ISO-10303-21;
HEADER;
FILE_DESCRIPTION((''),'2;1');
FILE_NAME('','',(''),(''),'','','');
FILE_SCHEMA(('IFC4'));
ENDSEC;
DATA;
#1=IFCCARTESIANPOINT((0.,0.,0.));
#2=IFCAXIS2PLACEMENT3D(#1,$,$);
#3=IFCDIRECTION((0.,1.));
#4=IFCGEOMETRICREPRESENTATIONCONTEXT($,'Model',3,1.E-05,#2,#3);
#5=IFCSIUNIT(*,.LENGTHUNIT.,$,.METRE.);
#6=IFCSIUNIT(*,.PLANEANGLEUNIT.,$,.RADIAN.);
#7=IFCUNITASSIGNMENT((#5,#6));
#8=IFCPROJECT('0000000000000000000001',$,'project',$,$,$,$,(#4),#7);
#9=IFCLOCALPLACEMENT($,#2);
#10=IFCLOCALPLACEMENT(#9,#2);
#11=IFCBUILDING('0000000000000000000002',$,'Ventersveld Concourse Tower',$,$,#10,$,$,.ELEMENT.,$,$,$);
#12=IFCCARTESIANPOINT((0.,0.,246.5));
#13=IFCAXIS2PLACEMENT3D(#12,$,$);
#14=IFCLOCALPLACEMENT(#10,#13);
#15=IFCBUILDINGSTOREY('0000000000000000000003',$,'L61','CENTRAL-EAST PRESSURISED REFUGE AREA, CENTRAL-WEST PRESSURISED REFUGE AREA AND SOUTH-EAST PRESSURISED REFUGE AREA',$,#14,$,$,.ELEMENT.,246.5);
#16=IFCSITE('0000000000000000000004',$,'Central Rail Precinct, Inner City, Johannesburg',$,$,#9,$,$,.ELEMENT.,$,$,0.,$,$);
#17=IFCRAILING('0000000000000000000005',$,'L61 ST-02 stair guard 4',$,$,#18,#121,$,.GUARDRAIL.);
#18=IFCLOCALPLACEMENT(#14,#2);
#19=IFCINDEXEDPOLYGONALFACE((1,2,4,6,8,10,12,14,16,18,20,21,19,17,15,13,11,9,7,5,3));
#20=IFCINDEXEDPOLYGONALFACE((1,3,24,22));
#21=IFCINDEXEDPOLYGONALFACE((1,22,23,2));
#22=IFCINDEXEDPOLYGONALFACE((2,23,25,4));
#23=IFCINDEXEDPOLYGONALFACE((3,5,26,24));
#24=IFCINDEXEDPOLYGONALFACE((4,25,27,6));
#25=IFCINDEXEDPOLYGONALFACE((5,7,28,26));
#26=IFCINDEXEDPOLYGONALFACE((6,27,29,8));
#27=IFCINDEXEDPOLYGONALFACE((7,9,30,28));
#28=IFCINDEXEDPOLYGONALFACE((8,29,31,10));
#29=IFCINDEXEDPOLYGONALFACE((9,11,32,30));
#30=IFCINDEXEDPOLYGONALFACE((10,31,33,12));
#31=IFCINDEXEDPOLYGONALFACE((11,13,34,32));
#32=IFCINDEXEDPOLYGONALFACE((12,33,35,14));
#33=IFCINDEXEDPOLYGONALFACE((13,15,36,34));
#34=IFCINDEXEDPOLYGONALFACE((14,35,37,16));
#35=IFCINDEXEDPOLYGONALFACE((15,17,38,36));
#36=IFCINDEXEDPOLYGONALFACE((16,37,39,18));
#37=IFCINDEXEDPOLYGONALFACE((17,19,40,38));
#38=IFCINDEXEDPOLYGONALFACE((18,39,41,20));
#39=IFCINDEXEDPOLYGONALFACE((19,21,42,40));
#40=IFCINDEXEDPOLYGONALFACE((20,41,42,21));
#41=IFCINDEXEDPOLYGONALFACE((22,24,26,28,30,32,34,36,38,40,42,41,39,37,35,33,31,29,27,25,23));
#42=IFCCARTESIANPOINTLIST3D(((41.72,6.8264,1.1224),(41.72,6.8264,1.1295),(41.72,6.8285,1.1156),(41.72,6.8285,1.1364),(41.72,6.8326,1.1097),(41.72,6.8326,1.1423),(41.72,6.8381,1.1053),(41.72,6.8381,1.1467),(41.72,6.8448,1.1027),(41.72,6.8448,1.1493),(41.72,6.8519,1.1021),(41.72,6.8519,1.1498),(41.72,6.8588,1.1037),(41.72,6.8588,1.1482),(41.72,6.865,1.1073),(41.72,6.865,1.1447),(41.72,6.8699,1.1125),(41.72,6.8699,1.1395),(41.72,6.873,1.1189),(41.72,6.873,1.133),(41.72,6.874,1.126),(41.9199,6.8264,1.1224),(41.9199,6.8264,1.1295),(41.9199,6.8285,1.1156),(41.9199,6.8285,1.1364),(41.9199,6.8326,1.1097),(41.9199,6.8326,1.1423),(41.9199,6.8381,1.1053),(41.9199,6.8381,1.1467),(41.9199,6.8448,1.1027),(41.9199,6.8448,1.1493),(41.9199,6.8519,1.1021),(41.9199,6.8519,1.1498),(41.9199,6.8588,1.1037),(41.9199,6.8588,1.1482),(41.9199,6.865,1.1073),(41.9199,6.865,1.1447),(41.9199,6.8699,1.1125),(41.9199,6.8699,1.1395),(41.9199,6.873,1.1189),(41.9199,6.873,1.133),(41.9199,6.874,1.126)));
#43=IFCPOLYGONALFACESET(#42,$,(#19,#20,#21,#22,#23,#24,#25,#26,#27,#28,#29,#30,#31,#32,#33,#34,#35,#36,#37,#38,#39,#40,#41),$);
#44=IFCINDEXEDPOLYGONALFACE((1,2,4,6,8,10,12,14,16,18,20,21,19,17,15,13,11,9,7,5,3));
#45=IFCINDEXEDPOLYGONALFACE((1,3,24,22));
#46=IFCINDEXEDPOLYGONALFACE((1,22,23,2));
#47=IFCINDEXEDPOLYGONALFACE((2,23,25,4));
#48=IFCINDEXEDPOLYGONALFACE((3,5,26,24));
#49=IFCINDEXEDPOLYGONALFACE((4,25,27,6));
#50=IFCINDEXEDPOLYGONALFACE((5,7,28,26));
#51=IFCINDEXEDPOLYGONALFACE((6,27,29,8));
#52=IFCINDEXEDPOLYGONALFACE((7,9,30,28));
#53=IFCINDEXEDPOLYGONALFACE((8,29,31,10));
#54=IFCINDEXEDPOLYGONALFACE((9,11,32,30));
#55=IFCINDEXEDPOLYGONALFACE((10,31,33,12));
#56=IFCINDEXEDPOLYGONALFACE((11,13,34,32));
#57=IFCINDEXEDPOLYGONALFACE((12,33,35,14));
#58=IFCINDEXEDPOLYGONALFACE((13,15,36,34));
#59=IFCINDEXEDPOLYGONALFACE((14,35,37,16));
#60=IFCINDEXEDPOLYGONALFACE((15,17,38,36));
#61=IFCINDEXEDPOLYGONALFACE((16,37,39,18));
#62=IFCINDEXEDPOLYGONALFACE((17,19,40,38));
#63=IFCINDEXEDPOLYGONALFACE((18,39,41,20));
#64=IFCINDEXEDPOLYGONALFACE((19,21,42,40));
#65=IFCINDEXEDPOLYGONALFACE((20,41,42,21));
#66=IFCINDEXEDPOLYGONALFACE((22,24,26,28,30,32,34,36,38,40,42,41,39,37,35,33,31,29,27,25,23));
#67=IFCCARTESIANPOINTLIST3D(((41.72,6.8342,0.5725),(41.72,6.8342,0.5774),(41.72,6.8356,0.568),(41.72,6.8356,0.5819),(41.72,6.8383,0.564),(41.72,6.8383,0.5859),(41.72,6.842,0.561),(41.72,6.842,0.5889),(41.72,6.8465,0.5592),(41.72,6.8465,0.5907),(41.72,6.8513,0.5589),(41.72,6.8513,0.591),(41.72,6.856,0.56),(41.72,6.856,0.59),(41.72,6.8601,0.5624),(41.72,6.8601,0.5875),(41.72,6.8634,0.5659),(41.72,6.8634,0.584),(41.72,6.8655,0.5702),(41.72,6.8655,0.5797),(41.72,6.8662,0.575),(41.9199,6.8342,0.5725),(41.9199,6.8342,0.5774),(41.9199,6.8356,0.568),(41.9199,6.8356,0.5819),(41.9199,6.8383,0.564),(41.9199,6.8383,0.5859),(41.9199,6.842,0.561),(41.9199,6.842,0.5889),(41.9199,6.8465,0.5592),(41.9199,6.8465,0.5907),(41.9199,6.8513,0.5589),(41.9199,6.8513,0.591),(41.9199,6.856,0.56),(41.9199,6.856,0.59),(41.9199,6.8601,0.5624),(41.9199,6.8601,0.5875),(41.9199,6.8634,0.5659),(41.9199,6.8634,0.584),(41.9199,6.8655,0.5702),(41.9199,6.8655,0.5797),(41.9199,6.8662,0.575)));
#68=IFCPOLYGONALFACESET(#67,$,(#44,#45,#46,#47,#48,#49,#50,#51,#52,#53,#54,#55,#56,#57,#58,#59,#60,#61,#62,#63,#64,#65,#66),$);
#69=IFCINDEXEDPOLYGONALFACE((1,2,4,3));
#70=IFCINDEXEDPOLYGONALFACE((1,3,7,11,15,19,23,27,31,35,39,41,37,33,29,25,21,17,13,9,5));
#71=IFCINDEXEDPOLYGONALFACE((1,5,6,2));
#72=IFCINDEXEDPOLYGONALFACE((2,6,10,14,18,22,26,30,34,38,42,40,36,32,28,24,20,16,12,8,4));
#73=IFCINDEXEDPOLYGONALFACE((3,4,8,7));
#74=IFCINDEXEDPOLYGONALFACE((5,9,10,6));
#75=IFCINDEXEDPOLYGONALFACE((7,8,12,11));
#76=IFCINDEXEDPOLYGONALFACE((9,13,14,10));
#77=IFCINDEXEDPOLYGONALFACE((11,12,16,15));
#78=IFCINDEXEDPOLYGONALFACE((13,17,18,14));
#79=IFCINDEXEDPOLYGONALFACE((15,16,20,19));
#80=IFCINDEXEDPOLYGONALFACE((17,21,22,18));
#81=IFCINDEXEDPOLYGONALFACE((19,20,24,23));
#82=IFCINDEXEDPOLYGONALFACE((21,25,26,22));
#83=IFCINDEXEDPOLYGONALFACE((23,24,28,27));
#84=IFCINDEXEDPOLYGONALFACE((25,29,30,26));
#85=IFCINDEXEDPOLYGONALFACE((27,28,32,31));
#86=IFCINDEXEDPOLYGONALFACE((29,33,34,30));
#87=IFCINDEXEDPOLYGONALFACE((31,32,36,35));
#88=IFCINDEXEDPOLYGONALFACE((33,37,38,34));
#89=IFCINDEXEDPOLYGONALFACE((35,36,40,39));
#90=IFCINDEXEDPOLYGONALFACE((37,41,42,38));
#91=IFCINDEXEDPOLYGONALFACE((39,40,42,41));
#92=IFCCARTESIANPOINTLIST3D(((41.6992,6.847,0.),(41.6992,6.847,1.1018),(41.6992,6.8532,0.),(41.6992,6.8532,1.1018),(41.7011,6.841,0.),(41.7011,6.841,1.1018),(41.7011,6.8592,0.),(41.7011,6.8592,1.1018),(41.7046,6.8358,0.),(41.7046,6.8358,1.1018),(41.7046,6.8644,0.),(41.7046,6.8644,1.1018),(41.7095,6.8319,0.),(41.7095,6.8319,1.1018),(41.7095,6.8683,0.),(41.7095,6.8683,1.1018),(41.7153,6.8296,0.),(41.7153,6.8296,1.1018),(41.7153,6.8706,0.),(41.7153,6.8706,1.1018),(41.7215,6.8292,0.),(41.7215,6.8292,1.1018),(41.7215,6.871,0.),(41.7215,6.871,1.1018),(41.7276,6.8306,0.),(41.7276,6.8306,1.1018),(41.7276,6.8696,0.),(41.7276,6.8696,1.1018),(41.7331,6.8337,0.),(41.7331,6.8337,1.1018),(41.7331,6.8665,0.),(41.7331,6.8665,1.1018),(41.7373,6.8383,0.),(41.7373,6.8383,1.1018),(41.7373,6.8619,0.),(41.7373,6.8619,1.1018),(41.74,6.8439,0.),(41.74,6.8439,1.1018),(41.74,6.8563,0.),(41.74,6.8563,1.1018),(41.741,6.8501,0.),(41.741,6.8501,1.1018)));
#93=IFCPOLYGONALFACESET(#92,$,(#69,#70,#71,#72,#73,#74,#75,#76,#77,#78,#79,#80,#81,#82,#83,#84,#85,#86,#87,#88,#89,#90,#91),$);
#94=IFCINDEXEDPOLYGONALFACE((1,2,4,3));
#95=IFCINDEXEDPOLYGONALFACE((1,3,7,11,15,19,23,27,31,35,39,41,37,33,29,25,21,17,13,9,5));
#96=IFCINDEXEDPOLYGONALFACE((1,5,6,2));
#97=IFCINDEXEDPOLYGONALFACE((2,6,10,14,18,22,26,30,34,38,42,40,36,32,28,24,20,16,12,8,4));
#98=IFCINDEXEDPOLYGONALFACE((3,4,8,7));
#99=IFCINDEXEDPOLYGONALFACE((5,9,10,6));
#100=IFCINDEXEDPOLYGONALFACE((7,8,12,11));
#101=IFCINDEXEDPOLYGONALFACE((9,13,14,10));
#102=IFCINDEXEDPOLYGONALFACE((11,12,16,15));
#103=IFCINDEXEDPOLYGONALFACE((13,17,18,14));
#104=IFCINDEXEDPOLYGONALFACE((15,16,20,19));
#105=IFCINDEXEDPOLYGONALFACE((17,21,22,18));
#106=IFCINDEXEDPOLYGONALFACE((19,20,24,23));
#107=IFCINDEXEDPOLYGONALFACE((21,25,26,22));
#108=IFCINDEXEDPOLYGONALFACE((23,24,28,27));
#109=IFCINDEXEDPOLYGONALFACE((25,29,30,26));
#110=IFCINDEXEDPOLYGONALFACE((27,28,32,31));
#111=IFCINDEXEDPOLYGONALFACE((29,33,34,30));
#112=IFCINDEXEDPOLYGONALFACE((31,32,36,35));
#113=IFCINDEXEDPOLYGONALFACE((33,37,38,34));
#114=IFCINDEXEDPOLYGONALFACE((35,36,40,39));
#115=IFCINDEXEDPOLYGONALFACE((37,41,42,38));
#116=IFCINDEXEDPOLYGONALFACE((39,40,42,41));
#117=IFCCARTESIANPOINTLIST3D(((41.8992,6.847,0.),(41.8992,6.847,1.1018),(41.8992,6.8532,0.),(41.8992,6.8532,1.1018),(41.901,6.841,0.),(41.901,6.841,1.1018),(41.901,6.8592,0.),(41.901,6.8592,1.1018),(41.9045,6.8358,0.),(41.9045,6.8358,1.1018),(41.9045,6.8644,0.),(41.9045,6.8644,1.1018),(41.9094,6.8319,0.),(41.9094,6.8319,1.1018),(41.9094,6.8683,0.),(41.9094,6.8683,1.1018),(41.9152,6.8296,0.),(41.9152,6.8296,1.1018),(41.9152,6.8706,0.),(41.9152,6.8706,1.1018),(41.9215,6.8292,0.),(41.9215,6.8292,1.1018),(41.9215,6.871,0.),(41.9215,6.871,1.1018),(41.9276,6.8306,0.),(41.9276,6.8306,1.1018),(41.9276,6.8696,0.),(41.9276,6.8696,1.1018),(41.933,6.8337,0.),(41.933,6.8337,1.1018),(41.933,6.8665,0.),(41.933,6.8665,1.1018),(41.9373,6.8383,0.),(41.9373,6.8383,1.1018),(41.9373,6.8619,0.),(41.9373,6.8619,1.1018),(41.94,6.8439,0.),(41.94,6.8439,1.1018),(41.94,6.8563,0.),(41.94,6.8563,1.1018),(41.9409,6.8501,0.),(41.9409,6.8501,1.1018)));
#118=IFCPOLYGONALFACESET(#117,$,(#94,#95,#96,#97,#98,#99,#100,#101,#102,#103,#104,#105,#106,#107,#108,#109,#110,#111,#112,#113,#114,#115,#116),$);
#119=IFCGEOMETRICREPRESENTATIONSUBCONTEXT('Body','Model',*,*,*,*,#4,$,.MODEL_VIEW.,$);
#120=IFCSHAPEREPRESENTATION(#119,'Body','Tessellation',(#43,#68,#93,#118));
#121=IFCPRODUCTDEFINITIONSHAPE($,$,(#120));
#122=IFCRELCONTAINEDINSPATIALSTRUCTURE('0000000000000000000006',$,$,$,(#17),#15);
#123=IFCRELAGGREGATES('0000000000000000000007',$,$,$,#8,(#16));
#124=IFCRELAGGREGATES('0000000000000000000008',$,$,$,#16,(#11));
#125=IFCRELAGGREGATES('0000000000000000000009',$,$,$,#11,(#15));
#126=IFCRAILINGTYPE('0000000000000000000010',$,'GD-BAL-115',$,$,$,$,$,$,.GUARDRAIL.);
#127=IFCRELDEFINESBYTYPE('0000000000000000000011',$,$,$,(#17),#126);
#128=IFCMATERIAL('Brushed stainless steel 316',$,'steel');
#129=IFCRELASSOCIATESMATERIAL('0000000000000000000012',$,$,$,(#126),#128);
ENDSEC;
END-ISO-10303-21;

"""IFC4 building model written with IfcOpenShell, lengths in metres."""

from ifc_helpers import new_model, si_unit, direction, frame, origin, origin_2d, place, context, subcontext, project, spatial, circle, extrude, material, type_object, element, save


model = new_model("IFC4")

# Units and contexts
model_context = context("Model", 3, precision=1e-05, world=origin(), true_north=direction((0.0, 1.0)))
body_context = subcontext(model_context, "Body", "Model", "MODEL_VIEW")
ifc_project = project(units=[si_unit("LENGTHUNIT", "METRE"), si_unit("PLANEANGLEUNIT", "RADIAN")], contexts=[model_context])

# Site, building, storey
site_placement = place(None, origin())
site = spatial("IfcSite", under=ifc_project, at=site_placement, Name="Central Rail Precinct, Inner City, Johannesburg", CompositionType="ELEMENT", RefElevation=0.0)
building_placement = place(site_placement, origin())
building = spatial("IfcBuilding", under=site, at=building_placement, Name="Ventersveld Concourse Tower", CompositionType="ELEMENT")
storey_placement = place(building_placement, frame((0.0, 0.0, 246.5)))
storey = spatial("IfcBuildingStorey", under=building, at=storey_placement, Name="L61", Description="CENTRAL-EAST PRESSURISED REFUGE AREA, CENTRAL-WEST PRESSURISED REFUGE AREA AND SOUTH-EAST PRESSURISED REFUGE AREA", CompositionType="ELEMENT", Elevation=246.5)

# Railing
ifc_material_1 = material(Name="Brushed stainless steel 316", Category="steel")
railing_type_1 = type_object("IfcRailingType", Name="GD-BAL-115", PredefinedType="GUARDRAIL", material=ifc_material_1)
railing_1_placement = place(storey_placement, frame((41.72, 6.8501, 0.0)))
element("IfcRailing", 1, at=railing_1_placement, inside=storey, type_object=railing_type_1, Name="L61 ST-02 stair guard 4", PredefinedType="GUARDRAIL", context=body_context, shape_type="SweptSolid", body=[
    extrude(circle(Radius=0.0239, at=origin_2d()), frame((0.0, 0.0, 1.126), z_axis=(1.0, 0.0, 0.0), x_axis=(0.0, 1.0, 0.0)), (0.0, 0.0, 1.0), 0.2),
    extrude(circle(Radius=0.0161, at=origin_2d()), frame((0.0, 0.0, 0.575), z_axis=(1.0, 0.0, 0.0), x_axis=(0.0, 1.0, 0.0)), (0.0, 0.0, 1.0), 0.2),
    extrude(circle(Radius=0.021, at=origin_2d()), origin(), (0.0, 0.0, 1.0), 1.1018),
    extrude(circle(Radius=0.021, at=origin_2d()), frame((0.2, 0.0, 0.0)), (0.0, 0.0, 1.0), 1.1018),
])

save(model, "model.ifc")
